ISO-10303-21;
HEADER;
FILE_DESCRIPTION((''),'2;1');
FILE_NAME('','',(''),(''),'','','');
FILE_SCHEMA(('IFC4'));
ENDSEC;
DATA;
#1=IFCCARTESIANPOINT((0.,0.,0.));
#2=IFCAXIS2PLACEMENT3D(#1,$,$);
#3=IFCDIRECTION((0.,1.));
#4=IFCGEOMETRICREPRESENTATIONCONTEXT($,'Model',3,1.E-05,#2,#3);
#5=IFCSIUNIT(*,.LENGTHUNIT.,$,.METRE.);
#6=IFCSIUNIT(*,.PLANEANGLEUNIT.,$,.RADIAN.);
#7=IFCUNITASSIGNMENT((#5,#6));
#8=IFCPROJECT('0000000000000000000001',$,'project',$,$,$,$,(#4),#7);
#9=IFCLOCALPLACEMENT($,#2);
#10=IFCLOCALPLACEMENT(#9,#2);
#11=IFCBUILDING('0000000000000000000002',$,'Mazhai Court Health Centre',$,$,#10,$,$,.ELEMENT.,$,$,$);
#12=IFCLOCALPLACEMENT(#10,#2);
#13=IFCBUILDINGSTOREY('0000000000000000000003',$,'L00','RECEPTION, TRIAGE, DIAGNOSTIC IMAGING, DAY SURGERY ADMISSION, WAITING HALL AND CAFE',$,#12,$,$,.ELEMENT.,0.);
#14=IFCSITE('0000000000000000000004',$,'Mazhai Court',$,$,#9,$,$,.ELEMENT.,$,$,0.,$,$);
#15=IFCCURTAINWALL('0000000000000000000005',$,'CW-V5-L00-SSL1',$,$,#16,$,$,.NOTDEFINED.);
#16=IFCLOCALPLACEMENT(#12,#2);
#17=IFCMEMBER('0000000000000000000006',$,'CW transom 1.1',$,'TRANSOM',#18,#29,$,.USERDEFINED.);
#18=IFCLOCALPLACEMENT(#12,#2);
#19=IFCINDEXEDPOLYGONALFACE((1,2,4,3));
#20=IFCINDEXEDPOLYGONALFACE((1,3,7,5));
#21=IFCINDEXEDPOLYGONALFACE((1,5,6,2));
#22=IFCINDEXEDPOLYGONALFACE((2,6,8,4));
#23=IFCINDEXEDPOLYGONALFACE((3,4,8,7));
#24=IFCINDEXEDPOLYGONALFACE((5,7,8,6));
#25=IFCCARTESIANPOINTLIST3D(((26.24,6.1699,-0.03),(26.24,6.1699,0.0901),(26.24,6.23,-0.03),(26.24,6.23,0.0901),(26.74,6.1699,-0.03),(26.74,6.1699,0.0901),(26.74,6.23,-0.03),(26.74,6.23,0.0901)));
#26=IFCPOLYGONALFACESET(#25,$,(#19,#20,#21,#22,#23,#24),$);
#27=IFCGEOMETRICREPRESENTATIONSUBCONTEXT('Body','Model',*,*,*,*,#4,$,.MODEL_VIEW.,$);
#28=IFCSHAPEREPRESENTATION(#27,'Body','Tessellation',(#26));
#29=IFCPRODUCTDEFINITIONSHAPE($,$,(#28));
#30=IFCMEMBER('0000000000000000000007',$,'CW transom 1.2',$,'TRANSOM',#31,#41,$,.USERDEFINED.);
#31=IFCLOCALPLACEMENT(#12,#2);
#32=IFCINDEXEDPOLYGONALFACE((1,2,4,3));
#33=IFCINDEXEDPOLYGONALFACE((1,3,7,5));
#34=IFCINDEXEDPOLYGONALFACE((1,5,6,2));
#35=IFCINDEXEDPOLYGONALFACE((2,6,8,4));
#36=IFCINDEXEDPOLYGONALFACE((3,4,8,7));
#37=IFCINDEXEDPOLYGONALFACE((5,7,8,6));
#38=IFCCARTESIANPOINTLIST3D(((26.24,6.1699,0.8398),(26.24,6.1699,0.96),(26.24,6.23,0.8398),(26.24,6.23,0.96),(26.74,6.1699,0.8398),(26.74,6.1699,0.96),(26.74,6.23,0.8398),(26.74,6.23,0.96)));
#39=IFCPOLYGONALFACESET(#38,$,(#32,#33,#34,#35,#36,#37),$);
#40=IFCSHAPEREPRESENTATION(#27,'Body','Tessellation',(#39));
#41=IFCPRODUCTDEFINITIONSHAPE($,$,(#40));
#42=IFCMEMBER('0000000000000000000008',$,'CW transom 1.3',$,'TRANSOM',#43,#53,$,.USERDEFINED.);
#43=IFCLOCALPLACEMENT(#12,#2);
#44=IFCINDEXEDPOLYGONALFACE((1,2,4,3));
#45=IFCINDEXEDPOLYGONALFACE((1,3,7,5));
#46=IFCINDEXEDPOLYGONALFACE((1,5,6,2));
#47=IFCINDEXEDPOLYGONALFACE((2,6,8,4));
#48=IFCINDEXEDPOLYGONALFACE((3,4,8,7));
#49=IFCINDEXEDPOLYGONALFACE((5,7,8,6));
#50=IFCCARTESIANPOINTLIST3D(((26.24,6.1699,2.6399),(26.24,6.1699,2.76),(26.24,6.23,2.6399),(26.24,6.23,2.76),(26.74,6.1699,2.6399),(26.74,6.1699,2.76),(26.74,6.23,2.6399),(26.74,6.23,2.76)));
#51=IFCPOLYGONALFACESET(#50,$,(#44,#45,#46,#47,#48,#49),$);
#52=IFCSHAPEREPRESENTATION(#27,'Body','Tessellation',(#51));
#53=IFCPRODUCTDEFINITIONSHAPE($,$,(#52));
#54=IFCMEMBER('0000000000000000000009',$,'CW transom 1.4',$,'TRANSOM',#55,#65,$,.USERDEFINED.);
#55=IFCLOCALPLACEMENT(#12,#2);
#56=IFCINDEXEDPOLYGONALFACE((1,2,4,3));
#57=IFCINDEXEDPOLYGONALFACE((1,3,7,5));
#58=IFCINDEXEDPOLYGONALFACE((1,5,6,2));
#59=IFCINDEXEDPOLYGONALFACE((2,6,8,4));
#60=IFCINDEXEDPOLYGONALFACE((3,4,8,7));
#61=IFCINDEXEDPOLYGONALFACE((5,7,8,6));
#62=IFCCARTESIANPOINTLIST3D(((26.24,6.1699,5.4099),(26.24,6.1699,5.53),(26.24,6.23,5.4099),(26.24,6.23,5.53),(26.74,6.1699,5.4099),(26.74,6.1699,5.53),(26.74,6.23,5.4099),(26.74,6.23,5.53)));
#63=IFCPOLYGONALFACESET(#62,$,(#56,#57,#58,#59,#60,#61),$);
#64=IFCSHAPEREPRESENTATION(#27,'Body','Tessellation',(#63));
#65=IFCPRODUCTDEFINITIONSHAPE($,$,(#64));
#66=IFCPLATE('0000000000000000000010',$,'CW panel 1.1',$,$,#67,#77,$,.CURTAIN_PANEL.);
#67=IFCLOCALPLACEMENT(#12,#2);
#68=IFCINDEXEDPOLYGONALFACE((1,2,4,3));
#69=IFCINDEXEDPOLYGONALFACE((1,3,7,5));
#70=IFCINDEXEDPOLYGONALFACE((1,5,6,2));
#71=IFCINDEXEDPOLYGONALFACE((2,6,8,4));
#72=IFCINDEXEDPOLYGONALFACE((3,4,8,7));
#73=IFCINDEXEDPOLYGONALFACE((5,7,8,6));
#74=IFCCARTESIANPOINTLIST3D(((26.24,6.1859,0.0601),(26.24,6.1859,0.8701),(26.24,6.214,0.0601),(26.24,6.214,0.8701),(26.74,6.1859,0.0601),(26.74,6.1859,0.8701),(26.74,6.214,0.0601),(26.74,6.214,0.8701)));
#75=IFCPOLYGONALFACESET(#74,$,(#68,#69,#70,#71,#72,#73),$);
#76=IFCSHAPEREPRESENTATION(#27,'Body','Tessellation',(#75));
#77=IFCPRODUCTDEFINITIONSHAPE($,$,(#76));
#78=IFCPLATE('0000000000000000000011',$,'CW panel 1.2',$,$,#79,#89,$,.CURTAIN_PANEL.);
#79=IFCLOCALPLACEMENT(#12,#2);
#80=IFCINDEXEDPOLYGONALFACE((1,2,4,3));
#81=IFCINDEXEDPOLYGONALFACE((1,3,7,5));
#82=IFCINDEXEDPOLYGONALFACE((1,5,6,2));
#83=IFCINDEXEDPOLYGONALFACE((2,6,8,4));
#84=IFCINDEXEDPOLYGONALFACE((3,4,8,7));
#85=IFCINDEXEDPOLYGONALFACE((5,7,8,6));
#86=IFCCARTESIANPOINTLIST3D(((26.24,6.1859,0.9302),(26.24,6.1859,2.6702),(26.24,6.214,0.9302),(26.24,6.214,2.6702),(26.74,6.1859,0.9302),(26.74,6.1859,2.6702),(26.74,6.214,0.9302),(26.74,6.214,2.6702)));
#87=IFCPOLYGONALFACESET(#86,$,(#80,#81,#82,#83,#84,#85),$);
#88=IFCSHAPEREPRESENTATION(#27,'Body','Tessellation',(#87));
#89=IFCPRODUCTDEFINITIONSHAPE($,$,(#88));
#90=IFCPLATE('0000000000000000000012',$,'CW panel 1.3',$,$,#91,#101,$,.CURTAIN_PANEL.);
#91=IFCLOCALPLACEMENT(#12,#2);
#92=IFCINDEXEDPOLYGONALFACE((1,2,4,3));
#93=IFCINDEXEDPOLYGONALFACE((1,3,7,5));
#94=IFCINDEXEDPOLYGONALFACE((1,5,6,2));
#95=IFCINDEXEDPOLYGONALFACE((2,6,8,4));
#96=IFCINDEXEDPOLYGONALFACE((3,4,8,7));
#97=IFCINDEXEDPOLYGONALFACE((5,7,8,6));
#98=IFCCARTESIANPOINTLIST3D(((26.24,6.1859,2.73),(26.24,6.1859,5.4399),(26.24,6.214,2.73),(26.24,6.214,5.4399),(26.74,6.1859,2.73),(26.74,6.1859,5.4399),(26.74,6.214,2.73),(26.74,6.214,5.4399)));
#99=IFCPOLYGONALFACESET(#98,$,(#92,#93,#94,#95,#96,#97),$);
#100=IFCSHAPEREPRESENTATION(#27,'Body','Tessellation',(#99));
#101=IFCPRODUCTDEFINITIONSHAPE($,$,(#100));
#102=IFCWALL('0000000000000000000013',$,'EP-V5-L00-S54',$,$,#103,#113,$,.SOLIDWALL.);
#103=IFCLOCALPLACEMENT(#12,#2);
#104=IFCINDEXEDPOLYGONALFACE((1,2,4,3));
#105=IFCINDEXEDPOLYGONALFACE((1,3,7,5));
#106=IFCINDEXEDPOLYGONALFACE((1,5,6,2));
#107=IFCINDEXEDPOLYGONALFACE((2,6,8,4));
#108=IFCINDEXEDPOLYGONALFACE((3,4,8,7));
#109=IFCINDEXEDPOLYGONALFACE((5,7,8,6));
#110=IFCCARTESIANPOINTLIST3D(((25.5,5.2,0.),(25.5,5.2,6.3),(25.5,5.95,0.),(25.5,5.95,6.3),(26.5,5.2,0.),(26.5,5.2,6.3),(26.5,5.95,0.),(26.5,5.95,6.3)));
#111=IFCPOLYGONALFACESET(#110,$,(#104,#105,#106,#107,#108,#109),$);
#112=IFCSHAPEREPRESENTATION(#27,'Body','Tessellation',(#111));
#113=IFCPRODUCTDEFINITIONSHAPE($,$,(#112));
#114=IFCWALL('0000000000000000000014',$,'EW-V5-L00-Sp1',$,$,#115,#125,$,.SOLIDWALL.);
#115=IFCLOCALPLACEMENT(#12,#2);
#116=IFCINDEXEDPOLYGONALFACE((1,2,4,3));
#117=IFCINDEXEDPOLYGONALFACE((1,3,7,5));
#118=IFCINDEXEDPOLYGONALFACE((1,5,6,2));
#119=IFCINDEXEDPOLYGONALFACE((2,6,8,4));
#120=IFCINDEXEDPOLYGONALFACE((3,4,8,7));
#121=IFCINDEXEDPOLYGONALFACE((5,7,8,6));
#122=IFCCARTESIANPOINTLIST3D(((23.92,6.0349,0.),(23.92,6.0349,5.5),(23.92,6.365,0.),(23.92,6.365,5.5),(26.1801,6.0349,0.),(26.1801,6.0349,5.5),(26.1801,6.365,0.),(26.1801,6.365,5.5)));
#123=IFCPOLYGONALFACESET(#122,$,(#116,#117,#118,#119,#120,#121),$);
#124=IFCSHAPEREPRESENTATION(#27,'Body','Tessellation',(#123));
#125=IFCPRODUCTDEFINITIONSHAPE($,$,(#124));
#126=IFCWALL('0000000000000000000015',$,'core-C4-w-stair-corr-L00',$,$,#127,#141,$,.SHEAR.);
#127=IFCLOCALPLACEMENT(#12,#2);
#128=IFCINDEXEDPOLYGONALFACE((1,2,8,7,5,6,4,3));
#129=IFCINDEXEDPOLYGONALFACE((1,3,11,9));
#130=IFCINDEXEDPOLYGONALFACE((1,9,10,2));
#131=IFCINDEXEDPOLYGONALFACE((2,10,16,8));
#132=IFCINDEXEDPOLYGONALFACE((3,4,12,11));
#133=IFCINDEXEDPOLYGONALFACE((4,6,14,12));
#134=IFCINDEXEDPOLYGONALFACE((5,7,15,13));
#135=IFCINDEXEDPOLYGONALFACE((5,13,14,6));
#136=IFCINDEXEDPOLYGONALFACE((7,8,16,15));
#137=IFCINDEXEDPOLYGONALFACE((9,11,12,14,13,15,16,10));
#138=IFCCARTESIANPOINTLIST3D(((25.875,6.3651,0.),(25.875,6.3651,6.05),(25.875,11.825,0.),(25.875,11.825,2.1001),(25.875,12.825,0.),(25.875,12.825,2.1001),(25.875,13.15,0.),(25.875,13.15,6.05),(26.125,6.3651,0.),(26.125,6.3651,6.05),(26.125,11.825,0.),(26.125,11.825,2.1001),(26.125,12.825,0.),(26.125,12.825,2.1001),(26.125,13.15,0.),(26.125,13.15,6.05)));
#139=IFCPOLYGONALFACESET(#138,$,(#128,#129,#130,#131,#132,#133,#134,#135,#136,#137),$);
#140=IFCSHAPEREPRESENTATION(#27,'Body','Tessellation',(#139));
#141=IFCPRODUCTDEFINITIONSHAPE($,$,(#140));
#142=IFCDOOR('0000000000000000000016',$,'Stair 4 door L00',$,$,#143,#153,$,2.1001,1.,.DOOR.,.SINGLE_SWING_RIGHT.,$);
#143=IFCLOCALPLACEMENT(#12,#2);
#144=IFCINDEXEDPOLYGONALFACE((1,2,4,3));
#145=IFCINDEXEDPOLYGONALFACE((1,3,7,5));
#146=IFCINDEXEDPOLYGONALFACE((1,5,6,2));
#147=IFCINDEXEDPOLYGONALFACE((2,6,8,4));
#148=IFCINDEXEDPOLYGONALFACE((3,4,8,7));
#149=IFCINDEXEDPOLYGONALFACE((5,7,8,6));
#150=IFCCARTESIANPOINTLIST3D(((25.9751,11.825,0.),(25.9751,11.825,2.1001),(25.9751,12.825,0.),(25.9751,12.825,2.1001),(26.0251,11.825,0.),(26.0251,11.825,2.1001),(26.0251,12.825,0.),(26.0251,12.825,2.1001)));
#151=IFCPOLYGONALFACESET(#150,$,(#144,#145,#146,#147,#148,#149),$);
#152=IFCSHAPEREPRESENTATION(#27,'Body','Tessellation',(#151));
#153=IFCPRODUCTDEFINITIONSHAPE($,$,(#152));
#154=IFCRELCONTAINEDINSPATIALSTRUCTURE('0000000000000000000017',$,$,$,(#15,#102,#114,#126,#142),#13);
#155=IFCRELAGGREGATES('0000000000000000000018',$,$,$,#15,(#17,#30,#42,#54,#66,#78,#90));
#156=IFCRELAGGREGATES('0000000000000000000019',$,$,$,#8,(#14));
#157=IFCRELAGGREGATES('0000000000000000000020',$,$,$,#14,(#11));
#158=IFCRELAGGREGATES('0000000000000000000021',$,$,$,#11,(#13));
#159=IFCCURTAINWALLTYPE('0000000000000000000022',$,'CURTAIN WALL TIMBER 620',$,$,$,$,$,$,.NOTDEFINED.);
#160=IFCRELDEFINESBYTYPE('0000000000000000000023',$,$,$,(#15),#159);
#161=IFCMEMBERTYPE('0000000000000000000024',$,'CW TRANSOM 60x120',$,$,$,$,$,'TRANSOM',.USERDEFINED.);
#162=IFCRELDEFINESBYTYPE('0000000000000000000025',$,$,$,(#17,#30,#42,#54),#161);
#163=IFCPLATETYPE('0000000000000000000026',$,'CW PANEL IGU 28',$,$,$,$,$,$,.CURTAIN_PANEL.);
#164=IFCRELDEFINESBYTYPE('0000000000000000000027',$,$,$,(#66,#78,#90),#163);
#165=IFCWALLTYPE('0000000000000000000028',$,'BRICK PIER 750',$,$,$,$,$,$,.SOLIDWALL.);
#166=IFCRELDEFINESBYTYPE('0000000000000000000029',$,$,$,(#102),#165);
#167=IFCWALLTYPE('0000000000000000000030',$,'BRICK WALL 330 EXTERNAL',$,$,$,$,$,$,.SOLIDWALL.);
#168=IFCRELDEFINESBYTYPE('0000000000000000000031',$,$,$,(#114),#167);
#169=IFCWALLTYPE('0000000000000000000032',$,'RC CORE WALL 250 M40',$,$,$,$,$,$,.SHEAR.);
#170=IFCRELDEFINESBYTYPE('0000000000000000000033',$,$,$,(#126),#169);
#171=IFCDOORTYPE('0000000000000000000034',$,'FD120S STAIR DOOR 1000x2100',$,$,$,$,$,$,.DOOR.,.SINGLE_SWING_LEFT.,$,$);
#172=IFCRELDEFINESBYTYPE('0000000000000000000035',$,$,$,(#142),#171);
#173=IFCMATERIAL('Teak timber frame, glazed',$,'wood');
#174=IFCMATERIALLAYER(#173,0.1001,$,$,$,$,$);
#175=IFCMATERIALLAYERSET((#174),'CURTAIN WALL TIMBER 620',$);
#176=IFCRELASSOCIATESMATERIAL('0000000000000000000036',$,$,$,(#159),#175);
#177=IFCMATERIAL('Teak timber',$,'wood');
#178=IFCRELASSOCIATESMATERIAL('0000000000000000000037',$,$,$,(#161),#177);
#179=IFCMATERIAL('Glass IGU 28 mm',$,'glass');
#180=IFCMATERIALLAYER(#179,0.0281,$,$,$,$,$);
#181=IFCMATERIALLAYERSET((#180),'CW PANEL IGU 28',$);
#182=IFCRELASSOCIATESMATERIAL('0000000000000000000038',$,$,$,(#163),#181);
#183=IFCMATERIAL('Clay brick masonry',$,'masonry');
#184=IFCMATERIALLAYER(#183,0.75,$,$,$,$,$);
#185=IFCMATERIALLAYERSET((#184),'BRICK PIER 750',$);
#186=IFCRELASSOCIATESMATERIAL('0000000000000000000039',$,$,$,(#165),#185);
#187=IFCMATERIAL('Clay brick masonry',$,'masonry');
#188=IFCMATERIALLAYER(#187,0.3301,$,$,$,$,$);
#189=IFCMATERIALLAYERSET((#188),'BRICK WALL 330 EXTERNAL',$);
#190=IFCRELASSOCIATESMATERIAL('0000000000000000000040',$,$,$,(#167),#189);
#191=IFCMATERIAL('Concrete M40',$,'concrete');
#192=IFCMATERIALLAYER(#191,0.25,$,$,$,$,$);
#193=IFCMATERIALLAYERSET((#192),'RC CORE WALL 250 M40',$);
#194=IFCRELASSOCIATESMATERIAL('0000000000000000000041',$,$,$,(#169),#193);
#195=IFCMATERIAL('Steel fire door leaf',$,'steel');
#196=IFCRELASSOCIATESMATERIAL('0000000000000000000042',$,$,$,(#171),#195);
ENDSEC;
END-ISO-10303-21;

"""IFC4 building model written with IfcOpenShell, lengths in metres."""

from ifc_helpers import new_model, si_unit, direction, frame, frame_2d, origin, origin_2d, place, context, subcontext, project, spatial, rectangle, extrude, material, layer, layer_set, material_profile, profile_set, type_object, element, fill, aggregate, save


model = new_model("IFC4")

# Units and contexts
model_context = context("Model", 3, precision=1e-05, world=origin(), true_north=direction((0.0, 1.0)))
body_context = subcontext(model_context, "Body", "Model", "MODEL_VIEW")
ifc_project = project(units=[si_unit("LENGTHUNIT", "METRE"), si_unit("PLANEANGLEUNIT", "RADIAN")], contexts=[model_context])

# Site, building, storey
site_placement = place(None, origin())
site = spatial("IfcSite", under=ifc_project, at=site_placement, Name="Mazhai Court", CompositionType="ELEMENT", RefElevation=0.0)
building_placement = place(site_placement, origin())
building = spatial("IfcBuilding", under=site, at=building_placement, Name="Mazhai Court Health Centre", CompositionType="ELEMENT")
storey_placement = place(building_placement, origin())
storey = spatial("IfcBuildingStorey", under=building, at=storey_placement, Name="L00", Description="RECEPTION, TRIAGE, DIAGNOSTIC IMAGING, DAY SURGERY ADMISSION, WAITING HALL AND CAFE", CompositionType="ELEMENT", Elevation=0.0)

# Curtain wall
ifc_material_1 = material(Name="Teak timber frame, glazed", Category="wood")
ifc_layer_1 = layer(ifc_material_1, 0.1001)
ifc_layer_set_1 = layer_set([ifc_layer_1], Name="CURTAIN WALL TIMBER 620")
curtain_wall_type_1 = type_object("IfcCurtainWallType", Name="CURTAIN WALL TIMBER 620", PredefinedType="NOTDEFINED", material=ifc_layer_set_1)
curtain_wall_1_placement = place(storey_placement, origin())
curtain_wall_1 = element("IfcCurtainWall", 1, at=curtain_wall_1_placement, inside=storey, type_object=curtain_wall_type_1, Name="CW-V5-L00-SSL1", PredefinedType="NOTDEFINED")

# Members
ifc_material_2 = material(Name="Teak timber", Category="wood")
ifc_material_profile_1 = material_profile(ifc_material_2, rectangle(XDim=0.0601, YDim=0.1201, at=origin_2d()), Name="CW TRANSOM 60x120")
ifc_profile_set_1 = profile_set([ifc_material_profile_1], Name="Teak timber")
member_type_1 = type_object("IfcMemberType", Name="CW TRANSOM 60x120", ElementType="TRANSOM", PredefinedType="USERDEFINED", material=ifc_profile_set_1)
member_1_placement = place(storey_placement, frame((26.74, 6.2, 0.03), z_axis=(-1.0, 0.0, 0.0), x_axis=(0.0, -1.0, 0.0)))
member_1 = element("IfcMember", 2, at=member_1_placement, type_object=member_type_1, Name="CW transom 1.1", ObjectType="TRANSOM", PredefinedType="USERDEFINED", context=body_context, shape_type="SweptSolid", body=[
    extrude(rectangle(XDim=0.0601, YDim=0.1201, at=origin_2d()), origin(), (0.0, 0.0, 1.0), 0.5),
])
member_2_placement = place(storey_placement, frame((26.74, 6.2, 0.8999), z_axis=(-1.0, 0.0, 0.0), x_axis=(0.0, -1.0, 0.0)))
member_2 = element("IfcMember", 3, at=member_2_placement, type_object=member_type_1, Name="CW transom 1.2", ObjectType="TRANSOM", PredefinedType="USERDEFINED", context=body_context, shape_type="SweptSolid", body=[
    extrude(rectangle(XDim=0.0601, YDim=0.1201, at=origin_2d()), origin(), (0.0, 0.0, 1.0), 0.5),
])
member_3_placement = place(storey_placement, frame((26.74, 6.2, 2.7), z_axis=(-1.0, 0.0, 0.0), x_axis=(0.0, -1.0, 0.0)))
member_3 = element("IfcMember", 4, at=member_3_placement, type_object=member_type_1, Name="CW transom 1.3", ObjectType="TRANSOM", PredefinedType="USERDEFINED", context=body_context, shape_type="SweptSolid", body=[
    extrude(rectangle(XDim=0.0601, YDim=0.1201, at=origin_2d()), origin(), (0.0, 0.0, 1.0), 0.5),
])
member_4_placement = place(storey_placement, frame((26.74, 6.2, 5.47), z_axis=(-1.0, 0.0, 0.0), x_axis=(0.0, -1.0, 0.0)))
member_4 = element("IfcMember", 5, at=member_4_placement, type_object=member_type_1, Name="CW transom 1.4", ObjectType="TRANSOM", PredefinedType="USERDEFINED", context=body_context, shape_type="SweptSolid", body=[
    extrude(rectangle(XDim=0.0601, YDim=0.1201, at=origin_2d()), origin(), (0.0, 0.0, 1.0), 0.5),
])

# Plates
ifc_material_3 = material(Name="Glass IGU 28 mm", Category="glass")
ifc_layer_2 = layer(ifc_material_3, 0.0281)
ifc_layer_set_2 = layer_set([ifc_layer_2], Name="CW PANEL IGU 28")
plate_type = type_object("IfcPlateType", Name="CW PANEL IGU 28", PredefinedType="CURTAIN_PANEL", material=ifc_layer_set_2)
plate_1_placement = place(storey_placement, frame((26.49, 6.2, 0.0601), z_axis=(0.0, 0.0, 1.0), x_axis=(-1.0, 0.0, 0.0)))
plate_1 = element("IfcPlate", 6, at=plate_1_placement, type_object=plate_type, Name="CW panel 1.1", PredefinedType="CURTAIN_PANEL", context=body_context, shape_type="SweptSolid", body=[
    extrude(rectangle(XDim=0.5, YDim=0.0281, at=origin_2d()), origin(), (0.0, 0.0, 1.0), 0.8101),
])
plate_2_placement = place(storey_placement, frame((26.49, 6.2, 0.9302), z_axis=(0.0, 0.0, 1.0), x_axis=(-1.0, 0.0, 0.0)))
plate_2 = element("IfcPlate", 7, at=plate_2_placement, type_object=plate_type, Name="CW panel 1.2", PredefinedType="CURTAIN_PANEL", context=body_context, shape_type="SweptSolid", body=[
    extrude(rectangle(XDim=0.5, YDim=0.0281, at=origin_2d()), origin(), (0.0, 0.0, 1.0), 1.74),
])
plate_3_placement = place(storey_placement, frame((26.49, 6.2, 2.73), z_axis=(0.0, 0.0, 1.0), x_axis=(-1.0, 0.0, 0.0)))
plate_3 = element("IfcPlate", 8, at=plate_3_placement, type_object=plate_type, Name="CW panel 1.3", PredefinedType="CURTAIN_PANEL", context=body_context, shape_type="SweptSolid", body=[
    extrude(rectangle(XDim=0.5, YDim=0.0281, at=origin_2d()), origin(), (0.0, 0.0, 1.0), 2.71),
])
aggregate(curtain_wall_1, [member_1, member_2, member_3, member_4, plate_1, plate_2, plate_3])

# Walls
ifc_material_4 = material(Name="Clay brick masonry", Category="masonry")
ifc_layer_3 = layer(ifc_material_4, 0.75)
ifc_layer_set_3 = layer_set([ifc_layer_3], Name="BRICK PIER 750")
wall_type_1 = type_object("IfcWallType", Name="BRICK PIER 750", PredefinedType="SOLIDWALL", material=ifc_layer_set_3)
wall_1_placement = place(storey_placement, frame((26.5, 5.575, 0.0), z_axis=(0.0, 0.0, 1.0), x_axis=(-1.0, 0.0, 0.0)))
element("IfcWall", 9, at=wall_1_placement, inside=storey, type_object=wall_type_1, Name="EP-V5-L00-S54", PredefinedType="SOLIDWALL", context=body_context, shape_type="SweptSolid", body=[
    extrude(rectangle(XDim=1.0, YDim=0.75, at=frame_2d((0.5, 0.0))), origin(), (0.0, 0.0, 1.0), 6.3),
])
ifc_material_5 = material(Name="Clay brick masonry", Category="masonry")
ifc_layer_4 = layer(ifc_material_5, 0.3301)
ifc_layer_set_4 = layer_set([ifc_layer_4], Name="BRICK WALL 330 EXTERNAL")
wall_type_2 = type_object("IfcWallType", Name="BRICK WALL 330 EXTERNAL", PredefinedType="SOLIDWALL", material=ifc_layer_set_4)
wall_2_placement = place(storey_placement, frame((26.1799, 6.2, 0.0), z_axis=(0.0, 0.0, 1.0), x_axis=(-1.0, 0.0, 0.0)))
element("IfcWall", 10, at=wall_2_placement, inside=storey, type_object=wall_type_2, Name="EW-V5-L00-Sp1", PredefinedType="SOLIDWALL", context=body_context, shape_type="SweptSolid", body=[
    extrude(rectangle(XDim=2.26, YDim=0.3301, at=frame_2d((1.1299, 0.0))), origin(), (0.0, 0.0, 1.0), 5.5),
])

# Wall, opening, door
ifc_material_6 = material(Name="Concrete M40", Category="concrete")
ifc_layer_5 = layer(ifc_material_6, 0.25)
ifc_layer_set_5 = layer_set([ifc_layer_5], Name="RC CORE WALL 250 M40")
wall_type_3 = type_object("IfcWallType", Name="RC CORE WALL 250 M40", PredefinedType="SHEAR", material=ifc_layer_set_5)
wall_3_placement = place(storey_placement, frame((26.0, 6.365, 0.0), z_axis=(0.0, 0.0, 1.0), x_axis=(0.0, 1.0, 0.0)))
wall_3 = element("IfcWall", 11, at=wall_3_placement, inside=storey, type_object=wall_type_3, Name="core-C4-w-stair-corr-L00", PredefinedType="SHEAR", context=body_context, shape_type="SweptSolid", body=[
    extrude(rectangle(XDim=6.7849, YDim=0.25, at=frame_2d((3.3926, 0.0))), origin(), (0.0, 0.0, 1.0), 6.05),
])
opening_placement = place(wall_3_placement, frame((5.46, 0.0, 0.0)))
opening = element("IfcOpeningElement", 12, at=opening_placement, cuts=wall_3, PredefinedType="OPENING", context=body_context, shape_type="SweptSolid", body=[
    extrude(rectangle(XDim=1.0, YDim=2.1001, at=frame_2d((0.5, 1.05))), frame((0.0, 0.135, 0.0), z_axis=(0.0, -1.0, 0.0), x_axis=(1.0, 0.0, 0.0)), (0.0, 0.0, 1.0), 0.27),
])
ifc_material_7 = material(Name="Steel fire door leaf", Category="steel")
door_type = type_object("IfcDoorType", Name="FD120S STAIR DOOR 1000x2100", OperationType="SINGLE_SWING_LEFT", PredefinedType="DOOR", material=ifc_material_7)
door_placement = place(opening_placement, origin())
door = element("IfcDoor", 13, at=door_placement, inside=storey, type_object=door_type, Name="Stair 4 door L00", OperationType="SINGLE_SWING_RIGHT", OverallHeight=2.1001, OverallWidth=1.0, PredefinedType="DOOR", context=body_context, shape_type="SweptSolid", body=[
    extrude(rectangle(XDim=1.0, YDim=2.1001, at=frame_2d((0.5, 1.05))), frame((0.0, 0.0249, 0.0), z_axis=(0.0, -1.0, 0.0), x_axis=(1.0, 0.0, 0.0)), (0.0, 0.0, 1.0), 0.05),
])
fill(opening, door)

save(model, "model.ifc")
